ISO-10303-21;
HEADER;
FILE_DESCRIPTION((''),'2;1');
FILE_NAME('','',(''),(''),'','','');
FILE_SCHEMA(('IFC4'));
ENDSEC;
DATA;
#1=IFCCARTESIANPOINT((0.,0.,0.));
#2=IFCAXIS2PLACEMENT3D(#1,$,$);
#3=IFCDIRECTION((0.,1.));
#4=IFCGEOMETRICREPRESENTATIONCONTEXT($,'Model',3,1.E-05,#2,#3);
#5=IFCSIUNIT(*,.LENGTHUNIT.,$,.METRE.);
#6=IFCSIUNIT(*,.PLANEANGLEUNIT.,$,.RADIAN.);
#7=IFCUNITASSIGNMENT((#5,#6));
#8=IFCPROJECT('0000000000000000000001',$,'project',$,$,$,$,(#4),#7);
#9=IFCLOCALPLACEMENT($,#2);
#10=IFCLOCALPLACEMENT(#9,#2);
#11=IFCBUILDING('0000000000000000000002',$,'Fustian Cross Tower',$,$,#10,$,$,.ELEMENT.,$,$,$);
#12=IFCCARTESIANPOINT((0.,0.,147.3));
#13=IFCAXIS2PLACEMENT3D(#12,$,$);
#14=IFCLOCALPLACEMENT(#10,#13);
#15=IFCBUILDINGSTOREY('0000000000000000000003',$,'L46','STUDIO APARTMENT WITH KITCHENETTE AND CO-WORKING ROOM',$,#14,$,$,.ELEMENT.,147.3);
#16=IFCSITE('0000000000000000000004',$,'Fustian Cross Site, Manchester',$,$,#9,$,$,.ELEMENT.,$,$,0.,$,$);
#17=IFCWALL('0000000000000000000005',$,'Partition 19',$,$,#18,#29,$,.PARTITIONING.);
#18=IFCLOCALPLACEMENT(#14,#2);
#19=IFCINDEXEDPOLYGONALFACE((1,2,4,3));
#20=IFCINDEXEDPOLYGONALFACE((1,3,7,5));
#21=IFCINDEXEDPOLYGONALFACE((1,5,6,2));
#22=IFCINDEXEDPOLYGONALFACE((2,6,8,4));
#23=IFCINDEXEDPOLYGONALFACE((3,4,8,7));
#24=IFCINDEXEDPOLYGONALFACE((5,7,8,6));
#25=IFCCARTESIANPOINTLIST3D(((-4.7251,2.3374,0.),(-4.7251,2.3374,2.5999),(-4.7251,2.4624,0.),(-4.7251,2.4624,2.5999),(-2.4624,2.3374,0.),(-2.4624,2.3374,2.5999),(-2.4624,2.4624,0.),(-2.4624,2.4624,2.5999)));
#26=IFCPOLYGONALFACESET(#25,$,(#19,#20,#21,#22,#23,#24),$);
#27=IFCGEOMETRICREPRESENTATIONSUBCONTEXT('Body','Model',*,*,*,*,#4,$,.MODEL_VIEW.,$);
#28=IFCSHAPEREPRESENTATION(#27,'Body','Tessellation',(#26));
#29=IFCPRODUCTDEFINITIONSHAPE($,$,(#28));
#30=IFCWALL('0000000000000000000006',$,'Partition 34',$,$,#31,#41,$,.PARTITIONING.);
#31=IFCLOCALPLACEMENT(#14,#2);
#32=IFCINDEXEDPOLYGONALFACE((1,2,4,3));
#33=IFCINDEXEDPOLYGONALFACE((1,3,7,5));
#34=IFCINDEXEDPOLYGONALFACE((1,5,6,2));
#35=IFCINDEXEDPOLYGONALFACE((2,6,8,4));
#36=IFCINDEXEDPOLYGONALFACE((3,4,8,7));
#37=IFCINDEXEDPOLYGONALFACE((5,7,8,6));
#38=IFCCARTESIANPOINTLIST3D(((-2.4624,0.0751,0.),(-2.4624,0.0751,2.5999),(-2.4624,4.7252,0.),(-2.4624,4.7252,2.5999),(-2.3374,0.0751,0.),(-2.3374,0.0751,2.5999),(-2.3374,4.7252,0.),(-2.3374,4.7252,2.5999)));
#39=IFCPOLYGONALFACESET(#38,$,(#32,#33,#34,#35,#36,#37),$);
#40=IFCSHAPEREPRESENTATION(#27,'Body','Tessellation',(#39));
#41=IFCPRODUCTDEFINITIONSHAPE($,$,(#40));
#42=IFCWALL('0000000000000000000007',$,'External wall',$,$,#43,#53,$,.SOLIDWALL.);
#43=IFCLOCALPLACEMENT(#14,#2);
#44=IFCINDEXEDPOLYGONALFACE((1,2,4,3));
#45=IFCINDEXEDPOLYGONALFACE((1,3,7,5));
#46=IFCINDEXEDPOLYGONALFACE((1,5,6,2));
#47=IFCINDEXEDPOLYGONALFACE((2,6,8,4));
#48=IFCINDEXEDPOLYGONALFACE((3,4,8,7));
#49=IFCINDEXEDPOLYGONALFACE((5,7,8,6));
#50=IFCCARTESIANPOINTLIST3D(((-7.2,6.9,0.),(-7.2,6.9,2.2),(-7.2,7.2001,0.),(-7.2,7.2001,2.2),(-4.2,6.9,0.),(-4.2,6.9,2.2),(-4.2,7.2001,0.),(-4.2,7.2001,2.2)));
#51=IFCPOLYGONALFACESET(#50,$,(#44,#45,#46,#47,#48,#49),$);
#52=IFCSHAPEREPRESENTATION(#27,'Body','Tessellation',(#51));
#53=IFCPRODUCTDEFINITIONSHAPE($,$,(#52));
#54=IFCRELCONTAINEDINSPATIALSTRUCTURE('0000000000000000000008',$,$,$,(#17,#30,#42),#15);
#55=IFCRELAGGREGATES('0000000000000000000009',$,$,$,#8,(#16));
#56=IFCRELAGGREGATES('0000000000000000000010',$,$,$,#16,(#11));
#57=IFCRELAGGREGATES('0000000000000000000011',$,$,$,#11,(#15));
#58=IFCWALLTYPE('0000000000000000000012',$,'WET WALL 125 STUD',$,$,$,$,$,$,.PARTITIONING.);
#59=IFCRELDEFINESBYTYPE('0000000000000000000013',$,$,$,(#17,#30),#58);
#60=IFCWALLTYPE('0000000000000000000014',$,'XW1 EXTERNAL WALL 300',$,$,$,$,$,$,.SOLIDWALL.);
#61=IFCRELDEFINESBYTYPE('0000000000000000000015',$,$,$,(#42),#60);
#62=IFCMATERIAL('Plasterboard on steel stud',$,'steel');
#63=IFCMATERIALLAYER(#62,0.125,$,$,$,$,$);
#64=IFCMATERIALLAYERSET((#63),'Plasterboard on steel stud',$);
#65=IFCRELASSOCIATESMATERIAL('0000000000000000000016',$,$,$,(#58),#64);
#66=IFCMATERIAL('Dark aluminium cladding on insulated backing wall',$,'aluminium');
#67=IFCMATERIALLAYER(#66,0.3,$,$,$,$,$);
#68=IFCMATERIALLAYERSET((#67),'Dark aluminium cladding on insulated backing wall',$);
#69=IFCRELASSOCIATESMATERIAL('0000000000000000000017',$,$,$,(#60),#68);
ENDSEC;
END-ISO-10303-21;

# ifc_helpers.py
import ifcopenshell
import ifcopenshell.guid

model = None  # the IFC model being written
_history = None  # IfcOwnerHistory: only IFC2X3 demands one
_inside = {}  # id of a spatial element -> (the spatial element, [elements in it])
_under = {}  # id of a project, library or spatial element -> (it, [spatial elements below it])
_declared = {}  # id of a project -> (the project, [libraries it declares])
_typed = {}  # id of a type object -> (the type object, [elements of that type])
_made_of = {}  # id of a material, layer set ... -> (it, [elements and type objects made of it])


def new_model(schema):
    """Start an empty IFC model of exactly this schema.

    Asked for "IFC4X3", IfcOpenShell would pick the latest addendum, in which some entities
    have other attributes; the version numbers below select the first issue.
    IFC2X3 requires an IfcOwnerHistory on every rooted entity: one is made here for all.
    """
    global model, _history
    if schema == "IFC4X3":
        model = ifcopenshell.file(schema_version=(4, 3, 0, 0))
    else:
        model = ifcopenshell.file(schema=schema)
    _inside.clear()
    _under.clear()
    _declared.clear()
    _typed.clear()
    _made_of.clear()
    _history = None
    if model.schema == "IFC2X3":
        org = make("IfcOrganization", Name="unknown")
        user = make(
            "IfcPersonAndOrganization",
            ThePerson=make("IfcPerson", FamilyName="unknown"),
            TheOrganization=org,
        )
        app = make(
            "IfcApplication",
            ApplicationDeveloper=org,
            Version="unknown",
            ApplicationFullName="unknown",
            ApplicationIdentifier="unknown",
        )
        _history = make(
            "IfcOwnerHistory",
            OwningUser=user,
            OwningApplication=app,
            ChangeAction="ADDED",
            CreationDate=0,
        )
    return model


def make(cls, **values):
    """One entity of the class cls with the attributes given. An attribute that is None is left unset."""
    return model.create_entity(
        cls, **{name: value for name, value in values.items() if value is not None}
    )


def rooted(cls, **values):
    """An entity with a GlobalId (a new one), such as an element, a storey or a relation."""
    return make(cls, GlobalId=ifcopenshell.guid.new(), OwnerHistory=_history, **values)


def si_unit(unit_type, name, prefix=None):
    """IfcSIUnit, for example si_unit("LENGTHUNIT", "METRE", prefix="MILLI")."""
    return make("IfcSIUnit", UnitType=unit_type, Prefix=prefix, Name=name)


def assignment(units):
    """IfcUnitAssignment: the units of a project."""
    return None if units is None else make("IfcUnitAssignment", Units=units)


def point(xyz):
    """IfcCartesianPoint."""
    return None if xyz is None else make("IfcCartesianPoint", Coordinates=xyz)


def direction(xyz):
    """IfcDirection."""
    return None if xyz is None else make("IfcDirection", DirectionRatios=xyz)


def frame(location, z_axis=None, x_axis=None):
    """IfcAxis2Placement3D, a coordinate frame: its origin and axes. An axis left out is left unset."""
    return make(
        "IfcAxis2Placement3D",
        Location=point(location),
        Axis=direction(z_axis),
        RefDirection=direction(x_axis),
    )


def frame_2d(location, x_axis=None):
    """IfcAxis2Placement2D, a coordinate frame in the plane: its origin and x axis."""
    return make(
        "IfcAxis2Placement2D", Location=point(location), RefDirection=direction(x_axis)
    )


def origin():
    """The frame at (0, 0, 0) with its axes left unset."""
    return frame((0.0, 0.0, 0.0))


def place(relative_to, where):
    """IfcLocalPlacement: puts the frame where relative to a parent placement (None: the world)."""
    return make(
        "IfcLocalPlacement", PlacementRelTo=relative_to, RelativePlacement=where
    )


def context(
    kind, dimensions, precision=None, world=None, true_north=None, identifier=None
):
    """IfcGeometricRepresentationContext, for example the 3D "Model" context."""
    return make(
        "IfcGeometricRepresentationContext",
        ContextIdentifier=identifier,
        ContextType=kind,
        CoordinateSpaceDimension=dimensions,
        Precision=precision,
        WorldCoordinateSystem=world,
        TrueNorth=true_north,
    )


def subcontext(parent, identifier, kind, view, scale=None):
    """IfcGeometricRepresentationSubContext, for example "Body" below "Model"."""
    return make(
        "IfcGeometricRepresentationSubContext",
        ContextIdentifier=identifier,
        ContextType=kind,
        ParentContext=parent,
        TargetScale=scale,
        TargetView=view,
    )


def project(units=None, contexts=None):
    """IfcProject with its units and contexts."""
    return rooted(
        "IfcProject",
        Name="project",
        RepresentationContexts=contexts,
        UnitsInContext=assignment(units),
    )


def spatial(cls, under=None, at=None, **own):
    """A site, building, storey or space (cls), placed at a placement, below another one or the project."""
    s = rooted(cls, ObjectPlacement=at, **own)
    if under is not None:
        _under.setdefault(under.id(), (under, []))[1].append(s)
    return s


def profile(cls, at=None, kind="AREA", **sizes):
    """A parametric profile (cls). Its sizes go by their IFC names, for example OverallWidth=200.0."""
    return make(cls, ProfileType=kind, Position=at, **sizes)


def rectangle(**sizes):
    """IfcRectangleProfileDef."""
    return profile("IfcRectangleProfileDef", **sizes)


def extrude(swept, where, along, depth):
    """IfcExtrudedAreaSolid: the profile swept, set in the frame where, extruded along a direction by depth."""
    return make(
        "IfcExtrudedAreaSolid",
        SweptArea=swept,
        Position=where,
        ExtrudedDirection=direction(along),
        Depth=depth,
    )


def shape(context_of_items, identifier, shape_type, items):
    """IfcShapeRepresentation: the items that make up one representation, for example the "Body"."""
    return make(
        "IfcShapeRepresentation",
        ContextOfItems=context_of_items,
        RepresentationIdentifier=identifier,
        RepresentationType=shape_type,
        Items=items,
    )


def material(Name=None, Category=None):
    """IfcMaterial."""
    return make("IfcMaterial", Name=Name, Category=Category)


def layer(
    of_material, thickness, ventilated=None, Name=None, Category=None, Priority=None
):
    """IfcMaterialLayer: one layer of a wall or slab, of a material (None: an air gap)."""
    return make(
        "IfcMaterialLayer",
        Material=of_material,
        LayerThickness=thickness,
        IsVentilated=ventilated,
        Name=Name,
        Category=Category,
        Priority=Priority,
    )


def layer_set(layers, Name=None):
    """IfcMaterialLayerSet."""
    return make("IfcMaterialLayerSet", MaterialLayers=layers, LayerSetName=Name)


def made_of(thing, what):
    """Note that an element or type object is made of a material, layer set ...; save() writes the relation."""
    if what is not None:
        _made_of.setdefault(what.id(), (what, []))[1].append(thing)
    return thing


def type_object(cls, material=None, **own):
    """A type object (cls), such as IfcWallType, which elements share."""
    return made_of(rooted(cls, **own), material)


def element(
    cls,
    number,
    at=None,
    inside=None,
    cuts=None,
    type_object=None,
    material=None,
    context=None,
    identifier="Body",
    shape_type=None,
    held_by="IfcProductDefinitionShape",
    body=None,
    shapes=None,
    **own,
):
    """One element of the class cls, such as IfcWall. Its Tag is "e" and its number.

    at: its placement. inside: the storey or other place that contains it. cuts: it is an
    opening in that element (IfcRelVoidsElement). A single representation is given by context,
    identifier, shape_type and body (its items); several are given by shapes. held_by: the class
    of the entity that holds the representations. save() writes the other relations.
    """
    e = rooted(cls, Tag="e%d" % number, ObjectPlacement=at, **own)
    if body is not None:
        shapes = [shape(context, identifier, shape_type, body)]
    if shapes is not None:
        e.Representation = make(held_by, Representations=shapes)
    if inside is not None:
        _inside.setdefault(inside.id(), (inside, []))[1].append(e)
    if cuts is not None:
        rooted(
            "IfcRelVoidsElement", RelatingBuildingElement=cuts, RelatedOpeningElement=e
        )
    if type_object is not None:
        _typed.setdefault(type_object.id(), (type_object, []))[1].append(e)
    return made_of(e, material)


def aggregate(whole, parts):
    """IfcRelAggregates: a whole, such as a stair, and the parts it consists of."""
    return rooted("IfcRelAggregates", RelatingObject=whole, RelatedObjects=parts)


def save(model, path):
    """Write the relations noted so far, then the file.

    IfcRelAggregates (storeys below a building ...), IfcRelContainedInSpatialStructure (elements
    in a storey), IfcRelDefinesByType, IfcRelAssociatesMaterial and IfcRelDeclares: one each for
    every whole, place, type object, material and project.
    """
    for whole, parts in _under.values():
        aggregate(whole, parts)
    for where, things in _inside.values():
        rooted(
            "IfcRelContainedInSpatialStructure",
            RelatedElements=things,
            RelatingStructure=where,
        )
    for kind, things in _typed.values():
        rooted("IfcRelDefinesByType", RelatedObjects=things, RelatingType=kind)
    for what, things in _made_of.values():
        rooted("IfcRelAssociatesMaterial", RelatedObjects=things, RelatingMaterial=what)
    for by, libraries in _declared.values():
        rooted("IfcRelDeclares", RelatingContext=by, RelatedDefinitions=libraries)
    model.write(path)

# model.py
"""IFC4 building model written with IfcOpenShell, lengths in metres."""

from ifc_helpers import new_model, si_unit, direction, frame, frame_2d, origin, place, context, subcontext, project, spatial, rectangle, extrude, material, layer, layer_set, type_object, element, save


model = new_model("IFC4")

# Units and contexts
model_context = context("Model", 3, precision=1e-05, world=origin(), true_north=direction((0.0, 1.0)))
body_context = subcontext(model_context, "Body", "Model", "MODEL_VIEW")
ifc_project = project(units=[si_unit("LENGTHUNIT", "METRE"), si_unit("PLANEANGLEUNIT", "RADIAN")], contexts=[model_context])

# Site, building, storey
site_placement = place(None, origin())
site = spatial("IfcSite", under=ifc_project, at=site_placement, Name="Fustian Cross Site, Manchester", CompositionType="ELEMENT", RefElevation=0.0)
building_placement = place(site_placement, origin())
building = spatial("IfcBuilding", under=site, at=building_placement, Name="Fustian Cross Tower", CompositionType="ELEMENT")
storey_placement = place(building_placement, frame((0.0, 0.0, 147.3)))
storey = spatial("IfcBuildingStorey", under=building, at=storey_placement, Name="L46", Description="STUDIO APARTMENT WITH KITCHENETTE AND CO-WORKING ROOM", CompositionType="ELEMENT", Elevation=147.3)

# Walls
ifc_material_1 = material(Name="Plasterboard on steel stud", Category="steel")
ifc_layer_1 = layer(ifc_material_1, 0.125)
ifc_layer_set_1 = layer_set([ifc_layer_1], Name="Plasterboard on steel stud")
wall_type_1 = type_object("IfcWallType", Name="WET WALL 125 STUD", PredefinedType="PARTITIONING", material=ifc_layer_set_1)
wall_1_placement = place(storey_placement, frame((-4.7251, 2.3999, 0.0), z_axis=(0.0, 0.0, 1.0), x_axis=(1.0, 0.0, 0.0)))
element("IfcWall", 1, at=wall_1_placement, inside=storey, type_object=wall_type_1, Name="Partition 19", PredefinedType="PARTITIONING", context=body_context, shape_type="SweptSolid", body=[
    extrude(rectangle(XDim=2.2627, YDim=0.125, at=frame_2d((1.1313, 0.0))), origin(), (0.0, 0.0, 1.0), 2.5999),
])
wall_2_placement = place(storey_placement, frame((-2.3999, 0.075, 0.0), z_axis=(0.0, 0.0, 1.0), x_axis=(0.0, 1.0, 0.0)))
element("IfcWall", 2, at=wall_2_placement, inside=storey, type_object=wall_type_1, Name="Partition 34", PredefinedType="PARTITIONING", context=body_context, shape_type="SweptSolid", body=[
    extrude(rectangle(XDim=4.6501, YDim=0.125, at=frame_2d((2.3252, 0.0))), origin(), (0.0, 0.0, 1.0), 2.5999),
])
ifc_material_2 = material(Name="Dark aluminium cladding on insulated backing wall", Category="aluminium")
ifc_layer_2 = layer(ifc_material_2, 0.3)
ifc_layer_set_2 = layer_set([ifc_layer_2], Name="Dark aluminium cladding on insulated backing wall")
wall_type_2 = type_object("IfcWallType", Name="XW1 EXTERNAL WALL 300", PredefinedType="SOLIDWALL", material=ifc_layer_set_2)
wall_3_placement = place(storey_placement, frame((-4.2, 7.05, 0.0), z_axis=(0.0, 0.0, 1.0), x_axis=(-1.0, 0.0, 0.0)))
element("IfcWall", 3, at=wall_3_placement, inside=storey, type_object=wall_type_2, Name="External wall", PredefinedType="SOLIDWALL", context=body_context, shape_type="SweptSolid", body=[
    extrude(rectangle(XDim=3.0, YDim=0.3, at=frame_2d((1.5, 0.0))), origin(), (0.0, 0.0, 1.0), 2.2),
])

save(model, "model.ifc")
